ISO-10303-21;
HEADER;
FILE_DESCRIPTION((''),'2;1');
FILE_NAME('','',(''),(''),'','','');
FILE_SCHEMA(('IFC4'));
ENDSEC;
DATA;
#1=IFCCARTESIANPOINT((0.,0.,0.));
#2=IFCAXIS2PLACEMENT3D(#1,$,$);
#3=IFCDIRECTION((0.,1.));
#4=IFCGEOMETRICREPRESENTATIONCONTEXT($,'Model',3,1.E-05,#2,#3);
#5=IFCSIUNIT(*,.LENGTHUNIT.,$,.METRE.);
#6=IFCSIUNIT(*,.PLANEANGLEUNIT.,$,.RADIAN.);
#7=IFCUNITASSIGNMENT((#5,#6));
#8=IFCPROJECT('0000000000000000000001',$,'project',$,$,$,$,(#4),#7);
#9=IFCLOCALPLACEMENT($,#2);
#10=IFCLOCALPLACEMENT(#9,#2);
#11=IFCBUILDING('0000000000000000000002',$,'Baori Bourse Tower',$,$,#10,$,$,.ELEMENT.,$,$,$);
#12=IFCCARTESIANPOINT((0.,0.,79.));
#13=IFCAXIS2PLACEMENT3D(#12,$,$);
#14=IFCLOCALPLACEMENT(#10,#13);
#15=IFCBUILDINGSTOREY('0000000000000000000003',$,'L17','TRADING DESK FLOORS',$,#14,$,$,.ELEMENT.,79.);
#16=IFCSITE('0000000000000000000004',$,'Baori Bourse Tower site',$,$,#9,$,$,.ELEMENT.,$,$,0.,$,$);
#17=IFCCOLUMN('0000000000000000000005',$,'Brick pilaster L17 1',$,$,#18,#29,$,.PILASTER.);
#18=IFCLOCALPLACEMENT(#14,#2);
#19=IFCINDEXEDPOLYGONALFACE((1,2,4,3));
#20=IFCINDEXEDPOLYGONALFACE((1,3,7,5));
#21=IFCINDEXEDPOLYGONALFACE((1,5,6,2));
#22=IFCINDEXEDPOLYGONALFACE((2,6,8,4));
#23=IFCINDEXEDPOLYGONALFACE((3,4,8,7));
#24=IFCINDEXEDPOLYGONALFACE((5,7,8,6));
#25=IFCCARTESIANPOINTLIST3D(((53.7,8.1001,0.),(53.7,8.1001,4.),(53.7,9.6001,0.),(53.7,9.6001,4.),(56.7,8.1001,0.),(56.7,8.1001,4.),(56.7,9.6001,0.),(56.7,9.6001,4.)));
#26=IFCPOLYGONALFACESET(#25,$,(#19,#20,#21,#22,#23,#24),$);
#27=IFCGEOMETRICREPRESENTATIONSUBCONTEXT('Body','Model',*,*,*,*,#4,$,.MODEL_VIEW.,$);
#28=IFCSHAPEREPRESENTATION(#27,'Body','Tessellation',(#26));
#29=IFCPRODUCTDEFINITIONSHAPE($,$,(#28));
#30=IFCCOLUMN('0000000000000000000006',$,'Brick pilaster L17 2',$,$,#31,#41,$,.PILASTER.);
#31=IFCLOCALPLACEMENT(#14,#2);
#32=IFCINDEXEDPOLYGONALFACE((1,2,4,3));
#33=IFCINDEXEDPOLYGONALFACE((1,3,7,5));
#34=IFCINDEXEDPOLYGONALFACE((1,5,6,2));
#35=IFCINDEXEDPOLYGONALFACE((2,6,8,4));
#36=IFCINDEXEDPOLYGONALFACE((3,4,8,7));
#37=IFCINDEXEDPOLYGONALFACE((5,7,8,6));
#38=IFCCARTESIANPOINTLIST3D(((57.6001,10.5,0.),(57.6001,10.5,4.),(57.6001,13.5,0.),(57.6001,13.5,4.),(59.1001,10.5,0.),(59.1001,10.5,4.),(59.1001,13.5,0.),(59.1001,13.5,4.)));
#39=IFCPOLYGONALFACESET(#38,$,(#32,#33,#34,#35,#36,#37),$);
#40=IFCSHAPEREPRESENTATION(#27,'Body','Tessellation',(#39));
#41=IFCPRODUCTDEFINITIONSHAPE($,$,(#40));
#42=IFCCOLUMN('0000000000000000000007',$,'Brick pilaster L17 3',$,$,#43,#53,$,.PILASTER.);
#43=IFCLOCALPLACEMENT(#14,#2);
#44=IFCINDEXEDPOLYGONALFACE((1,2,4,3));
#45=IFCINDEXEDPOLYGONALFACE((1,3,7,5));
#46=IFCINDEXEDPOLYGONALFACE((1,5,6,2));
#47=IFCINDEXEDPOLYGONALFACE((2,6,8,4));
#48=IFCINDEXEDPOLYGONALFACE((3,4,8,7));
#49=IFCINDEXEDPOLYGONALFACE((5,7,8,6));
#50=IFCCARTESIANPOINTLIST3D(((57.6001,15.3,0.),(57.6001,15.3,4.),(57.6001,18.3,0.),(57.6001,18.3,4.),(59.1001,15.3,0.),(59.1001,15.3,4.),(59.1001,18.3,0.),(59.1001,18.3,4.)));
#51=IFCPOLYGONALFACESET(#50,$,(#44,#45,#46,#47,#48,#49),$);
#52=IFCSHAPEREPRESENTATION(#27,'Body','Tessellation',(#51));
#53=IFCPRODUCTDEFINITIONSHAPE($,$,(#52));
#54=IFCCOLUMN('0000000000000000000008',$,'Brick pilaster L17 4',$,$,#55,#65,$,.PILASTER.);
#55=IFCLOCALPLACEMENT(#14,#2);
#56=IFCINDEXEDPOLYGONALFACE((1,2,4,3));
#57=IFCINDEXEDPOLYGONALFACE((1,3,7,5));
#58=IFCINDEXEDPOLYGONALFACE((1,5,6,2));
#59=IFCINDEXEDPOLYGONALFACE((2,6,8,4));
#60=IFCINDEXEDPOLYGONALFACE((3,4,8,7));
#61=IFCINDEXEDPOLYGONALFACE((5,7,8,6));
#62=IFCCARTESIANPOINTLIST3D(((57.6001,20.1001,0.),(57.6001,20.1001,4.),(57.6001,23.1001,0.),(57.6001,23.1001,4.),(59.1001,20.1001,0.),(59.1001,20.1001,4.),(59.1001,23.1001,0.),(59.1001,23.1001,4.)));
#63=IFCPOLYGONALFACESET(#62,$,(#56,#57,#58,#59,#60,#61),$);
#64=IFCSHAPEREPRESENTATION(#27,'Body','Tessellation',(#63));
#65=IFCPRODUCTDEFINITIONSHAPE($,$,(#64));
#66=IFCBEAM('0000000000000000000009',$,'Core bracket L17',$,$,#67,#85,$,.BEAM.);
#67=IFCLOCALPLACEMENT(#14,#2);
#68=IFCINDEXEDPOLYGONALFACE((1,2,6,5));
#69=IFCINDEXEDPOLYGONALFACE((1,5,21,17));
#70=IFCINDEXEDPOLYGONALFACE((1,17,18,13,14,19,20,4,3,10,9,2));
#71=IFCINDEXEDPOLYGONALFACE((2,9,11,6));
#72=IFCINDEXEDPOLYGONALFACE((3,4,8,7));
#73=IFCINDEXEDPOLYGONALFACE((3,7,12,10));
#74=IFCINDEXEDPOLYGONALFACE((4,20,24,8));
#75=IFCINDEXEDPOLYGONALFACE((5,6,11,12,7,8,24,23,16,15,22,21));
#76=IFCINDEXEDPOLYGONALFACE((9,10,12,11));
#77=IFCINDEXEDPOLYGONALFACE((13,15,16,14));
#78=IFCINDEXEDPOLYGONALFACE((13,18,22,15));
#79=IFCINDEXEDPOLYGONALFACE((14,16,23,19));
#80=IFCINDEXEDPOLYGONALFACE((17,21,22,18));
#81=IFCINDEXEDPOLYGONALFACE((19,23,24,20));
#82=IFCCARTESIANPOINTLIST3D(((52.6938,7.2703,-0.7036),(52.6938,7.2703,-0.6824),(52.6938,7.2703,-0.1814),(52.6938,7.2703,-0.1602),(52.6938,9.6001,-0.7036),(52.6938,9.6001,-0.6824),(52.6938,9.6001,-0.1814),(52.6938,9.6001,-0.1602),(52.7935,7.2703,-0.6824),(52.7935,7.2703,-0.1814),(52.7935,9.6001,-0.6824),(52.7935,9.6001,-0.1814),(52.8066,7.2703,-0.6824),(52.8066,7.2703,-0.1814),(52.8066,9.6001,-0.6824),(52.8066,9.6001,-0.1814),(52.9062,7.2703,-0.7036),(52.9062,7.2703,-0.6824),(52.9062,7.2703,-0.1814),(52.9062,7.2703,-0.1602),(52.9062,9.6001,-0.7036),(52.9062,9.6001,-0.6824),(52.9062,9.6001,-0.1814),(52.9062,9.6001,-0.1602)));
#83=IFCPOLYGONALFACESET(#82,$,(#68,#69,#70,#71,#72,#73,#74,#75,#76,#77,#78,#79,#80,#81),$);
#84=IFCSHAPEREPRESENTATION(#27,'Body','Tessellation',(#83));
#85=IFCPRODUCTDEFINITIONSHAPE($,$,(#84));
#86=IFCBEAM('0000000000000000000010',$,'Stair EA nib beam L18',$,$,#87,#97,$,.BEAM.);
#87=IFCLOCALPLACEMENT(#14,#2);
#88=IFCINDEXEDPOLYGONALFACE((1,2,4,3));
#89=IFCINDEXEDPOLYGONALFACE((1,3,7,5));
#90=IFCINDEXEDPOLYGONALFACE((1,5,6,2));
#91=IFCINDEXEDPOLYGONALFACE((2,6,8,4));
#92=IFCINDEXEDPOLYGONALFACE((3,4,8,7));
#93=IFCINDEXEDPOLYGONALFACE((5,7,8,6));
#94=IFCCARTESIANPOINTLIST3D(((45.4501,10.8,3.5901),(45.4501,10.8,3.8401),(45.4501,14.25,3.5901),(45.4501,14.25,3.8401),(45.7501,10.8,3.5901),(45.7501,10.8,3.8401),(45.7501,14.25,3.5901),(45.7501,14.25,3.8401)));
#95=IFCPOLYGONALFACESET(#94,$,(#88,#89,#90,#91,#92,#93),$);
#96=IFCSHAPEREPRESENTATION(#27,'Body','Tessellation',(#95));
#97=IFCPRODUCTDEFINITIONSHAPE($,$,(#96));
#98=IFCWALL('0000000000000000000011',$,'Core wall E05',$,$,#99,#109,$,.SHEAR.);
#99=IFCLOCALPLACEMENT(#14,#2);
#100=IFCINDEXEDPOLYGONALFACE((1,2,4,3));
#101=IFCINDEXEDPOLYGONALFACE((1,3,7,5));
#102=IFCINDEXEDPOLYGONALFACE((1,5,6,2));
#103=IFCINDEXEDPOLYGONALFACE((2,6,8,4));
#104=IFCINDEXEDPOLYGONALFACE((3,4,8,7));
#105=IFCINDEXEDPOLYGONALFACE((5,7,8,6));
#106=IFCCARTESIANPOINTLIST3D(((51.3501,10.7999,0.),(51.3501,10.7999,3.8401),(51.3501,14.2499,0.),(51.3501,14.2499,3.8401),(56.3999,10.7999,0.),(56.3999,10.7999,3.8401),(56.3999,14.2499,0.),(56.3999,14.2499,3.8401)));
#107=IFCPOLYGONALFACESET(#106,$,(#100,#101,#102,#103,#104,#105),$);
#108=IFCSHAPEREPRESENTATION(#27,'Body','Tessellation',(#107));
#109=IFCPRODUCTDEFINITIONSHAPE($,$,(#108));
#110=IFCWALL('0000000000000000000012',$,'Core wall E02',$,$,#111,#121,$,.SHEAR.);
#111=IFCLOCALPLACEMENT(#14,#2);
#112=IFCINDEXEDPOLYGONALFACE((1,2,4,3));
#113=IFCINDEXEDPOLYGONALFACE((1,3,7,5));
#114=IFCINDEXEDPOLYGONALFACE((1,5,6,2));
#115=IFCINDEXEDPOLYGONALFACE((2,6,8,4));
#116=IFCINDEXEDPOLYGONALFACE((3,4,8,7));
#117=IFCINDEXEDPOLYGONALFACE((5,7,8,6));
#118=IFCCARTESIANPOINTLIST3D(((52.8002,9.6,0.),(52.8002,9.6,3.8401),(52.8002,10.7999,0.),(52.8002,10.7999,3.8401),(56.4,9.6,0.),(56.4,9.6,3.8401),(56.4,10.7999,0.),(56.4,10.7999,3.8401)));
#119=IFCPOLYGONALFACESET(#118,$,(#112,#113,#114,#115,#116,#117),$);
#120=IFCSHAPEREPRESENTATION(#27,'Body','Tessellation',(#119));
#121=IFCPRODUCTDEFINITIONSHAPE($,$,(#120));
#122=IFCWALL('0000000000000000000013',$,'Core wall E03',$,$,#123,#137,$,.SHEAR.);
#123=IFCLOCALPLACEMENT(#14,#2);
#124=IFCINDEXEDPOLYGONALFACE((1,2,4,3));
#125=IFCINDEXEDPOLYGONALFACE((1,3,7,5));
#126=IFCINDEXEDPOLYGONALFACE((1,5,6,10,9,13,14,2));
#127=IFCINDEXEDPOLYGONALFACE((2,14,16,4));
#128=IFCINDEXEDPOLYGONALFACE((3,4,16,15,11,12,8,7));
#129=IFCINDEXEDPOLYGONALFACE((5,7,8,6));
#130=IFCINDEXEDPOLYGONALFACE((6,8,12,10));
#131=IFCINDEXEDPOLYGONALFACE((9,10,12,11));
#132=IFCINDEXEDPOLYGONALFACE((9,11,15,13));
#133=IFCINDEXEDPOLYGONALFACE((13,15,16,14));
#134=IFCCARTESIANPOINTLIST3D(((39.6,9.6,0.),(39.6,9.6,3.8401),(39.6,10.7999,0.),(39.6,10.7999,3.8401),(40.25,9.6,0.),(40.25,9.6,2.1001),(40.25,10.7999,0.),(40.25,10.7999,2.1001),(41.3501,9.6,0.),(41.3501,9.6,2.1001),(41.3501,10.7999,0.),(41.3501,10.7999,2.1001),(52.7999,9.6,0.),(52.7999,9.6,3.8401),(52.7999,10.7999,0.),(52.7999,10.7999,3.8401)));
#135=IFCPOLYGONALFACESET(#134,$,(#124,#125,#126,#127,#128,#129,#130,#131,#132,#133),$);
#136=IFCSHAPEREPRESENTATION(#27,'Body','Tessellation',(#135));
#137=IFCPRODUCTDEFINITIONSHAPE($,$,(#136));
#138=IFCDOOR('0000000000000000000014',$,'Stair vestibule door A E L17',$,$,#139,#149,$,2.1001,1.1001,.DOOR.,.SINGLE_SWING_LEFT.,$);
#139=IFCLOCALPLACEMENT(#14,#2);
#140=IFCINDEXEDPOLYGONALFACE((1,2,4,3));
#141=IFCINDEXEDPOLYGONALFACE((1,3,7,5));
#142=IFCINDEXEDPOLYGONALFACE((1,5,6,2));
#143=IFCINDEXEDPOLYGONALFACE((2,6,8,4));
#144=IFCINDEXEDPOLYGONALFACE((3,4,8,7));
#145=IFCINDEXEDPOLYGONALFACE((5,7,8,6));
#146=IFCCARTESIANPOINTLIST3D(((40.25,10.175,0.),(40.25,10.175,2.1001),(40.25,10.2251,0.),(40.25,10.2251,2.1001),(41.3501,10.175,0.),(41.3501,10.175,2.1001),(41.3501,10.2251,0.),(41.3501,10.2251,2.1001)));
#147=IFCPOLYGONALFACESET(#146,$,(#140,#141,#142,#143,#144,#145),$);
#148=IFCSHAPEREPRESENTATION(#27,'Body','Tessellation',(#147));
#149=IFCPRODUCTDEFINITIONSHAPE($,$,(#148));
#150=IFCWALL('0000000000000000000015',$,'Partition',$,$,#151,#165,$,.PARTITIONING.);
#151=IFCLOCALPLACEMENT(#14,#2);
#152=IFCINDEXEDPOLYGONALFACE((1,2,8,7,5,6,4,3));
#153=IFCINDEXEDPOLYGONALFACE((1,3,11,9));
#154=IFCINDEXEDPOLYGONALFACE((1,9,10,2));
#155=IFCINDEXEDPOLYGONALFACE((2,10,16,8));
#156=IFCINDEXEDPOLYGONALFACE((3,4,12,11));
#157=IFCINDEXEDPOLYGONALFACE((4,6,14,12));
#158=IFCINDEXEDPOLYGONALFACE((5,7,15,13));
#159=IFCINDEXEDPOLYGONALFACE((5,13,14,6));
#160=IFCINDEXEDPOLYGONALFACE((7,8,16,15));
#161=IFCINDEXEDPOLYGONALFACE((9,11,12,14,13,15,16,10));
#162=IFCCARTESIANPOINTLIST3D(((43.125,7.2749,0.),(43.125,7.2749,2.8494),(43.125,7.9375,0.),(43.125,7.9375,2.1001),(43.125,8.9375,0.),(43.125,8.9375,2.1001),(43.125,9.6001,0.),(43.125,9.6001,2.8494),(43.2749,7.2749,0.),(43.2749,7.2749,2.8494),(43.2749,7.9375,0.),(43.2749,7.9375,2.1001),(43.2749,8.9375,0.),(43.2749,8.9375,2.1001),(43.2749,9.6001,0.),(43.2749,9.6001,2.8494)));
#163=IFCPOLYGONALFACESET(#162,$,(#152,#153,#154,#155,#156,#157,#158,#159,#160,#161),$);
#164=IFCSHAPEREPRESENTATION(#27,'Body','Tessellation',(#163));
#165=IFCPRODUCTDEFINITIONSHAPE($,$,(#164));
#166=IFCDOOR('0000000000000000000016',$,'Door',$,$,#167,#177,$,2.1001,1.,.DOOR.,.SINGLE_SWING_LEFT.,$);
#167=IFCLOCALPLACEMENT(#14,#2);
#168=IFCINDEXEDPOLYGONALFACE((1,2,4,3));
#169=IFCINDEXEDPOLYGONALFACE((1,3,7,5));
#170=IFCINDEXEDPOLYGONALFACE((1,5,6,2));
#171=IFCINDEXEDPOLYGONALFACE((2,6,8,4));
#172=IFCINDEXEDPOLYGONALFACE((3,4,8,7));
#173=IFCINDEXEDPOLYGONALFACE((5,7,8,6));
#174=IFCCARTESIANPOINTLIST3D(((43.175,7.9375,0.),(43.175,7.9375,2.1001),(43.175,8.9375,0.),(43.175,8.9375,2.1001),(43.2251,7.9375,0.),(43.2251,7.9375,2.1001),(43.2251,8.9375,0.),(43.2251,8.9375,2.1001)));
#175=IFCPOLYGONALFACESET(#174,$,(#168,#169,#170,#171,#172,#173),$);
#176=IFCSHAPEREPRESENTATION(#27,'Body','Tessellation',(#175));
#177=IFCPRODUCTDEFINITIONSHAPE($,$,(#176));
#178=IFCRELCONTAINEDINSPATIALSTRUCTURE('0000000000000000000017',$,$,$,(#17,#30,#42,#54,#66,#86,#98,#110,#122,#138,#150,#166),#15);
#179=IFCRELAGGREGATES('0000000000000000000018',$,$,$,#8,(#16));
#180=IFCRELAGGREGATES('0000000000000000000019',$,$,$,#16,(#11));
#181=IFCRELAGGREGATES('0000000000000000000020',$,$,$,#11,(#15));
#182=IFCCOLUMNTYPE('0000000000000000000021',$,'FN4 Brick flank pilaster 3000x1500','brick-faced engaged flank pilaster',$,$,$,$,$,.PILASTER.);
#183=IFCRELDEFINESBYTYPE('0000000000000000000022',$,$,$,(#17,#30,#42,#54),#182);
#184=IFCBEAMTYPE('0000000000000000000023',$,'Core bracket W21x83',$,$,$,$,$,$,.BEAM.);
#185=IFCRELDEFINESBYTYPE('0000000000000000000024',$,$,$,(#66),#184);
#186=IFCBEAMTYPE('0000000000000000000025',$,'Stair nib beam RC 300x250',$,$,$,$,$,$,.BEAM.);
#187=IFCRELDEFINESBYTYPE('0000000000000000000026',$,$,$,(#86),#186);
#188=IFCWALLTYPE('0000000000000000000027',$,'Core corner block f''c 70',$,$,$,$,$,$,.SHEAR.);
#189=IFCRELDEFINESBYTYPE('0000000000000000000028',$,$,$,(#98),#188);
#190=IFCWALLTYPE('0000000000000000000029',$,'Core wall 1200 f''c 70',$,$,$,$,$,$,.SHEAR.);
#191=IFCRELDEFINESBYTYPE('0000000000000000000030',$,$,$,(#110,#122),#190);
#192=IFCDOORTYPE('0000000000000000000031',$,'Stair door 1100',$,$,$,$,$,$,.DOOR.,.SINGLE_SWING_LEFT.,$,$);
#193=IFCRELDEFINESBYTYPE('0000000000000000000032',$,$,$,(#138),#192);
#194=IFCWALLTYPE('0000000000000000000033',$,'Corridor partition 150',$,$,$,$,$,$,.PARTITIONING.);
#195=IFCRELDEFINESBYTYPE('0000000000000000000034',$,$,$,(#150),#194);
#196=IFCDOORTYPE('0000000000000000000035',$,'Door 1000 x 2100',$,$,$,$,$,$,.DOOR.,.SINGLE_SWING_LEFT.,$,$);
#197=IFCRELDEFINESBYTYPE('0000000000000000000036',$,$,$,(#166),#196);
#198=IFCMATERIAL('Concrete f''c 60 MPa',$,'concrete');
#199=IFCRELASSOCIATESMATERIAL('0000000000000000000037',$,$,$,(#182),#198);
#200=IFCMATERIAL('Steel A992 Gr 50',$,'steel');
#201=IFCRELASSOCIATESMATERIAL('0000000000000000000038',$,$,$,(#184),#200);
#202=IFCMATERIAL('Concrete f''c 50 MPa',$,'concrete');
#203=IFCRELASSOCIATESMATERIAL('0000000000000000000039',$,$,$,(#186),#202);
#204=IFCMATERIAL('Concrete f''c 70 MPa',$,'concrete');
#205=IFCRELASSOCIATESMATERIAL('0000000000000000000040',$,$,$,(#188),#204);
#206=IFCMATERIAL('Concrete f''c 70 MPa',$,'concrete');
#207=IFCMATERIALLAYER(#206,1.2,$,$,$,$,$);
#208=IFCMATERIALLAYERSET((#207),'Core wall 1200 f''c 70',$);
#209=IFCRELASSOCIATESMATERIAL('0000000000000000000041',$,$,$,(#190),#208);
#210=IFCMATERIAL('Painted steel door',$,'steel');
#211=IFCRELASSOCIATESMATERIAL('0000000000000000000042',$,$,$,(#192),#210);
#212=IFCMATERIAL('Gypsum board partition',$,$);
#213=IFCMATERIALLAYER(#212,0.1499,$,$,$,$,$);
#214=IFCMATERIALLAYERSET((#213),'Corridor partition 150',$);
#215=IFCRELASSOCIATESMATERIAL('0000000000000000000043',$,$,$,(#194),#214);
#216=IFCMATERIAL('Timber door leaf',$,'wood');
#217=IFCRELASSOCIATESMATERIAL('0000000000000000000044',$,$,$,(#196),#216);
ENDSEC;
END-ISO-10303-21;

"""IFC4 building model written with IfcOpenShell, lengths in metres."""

from ifc_helpers import new_model, si_unit, direction, frame, frame_2d, origin, origin_2d, place, context, subcontext, project, spatial, rectangle, i_section, extrude, material, layer, layer_set, material_profile, profile_set, type_object, element, fill, save


model = new_model("IFC4")

# Units and contexts
model_context = context("Model", 3, precision=1e-05, world=origin(), true_north=direction((0.0, 1.0)))
body_context = subcontext(model_context, "Body", "Model", "MODEL_VIEW")
ifc_project = project(units=[si_unit("LENGTHUNIT", "METRE"), si_unit("PLANEANGLEUNIT", "RADIAN")], contexts=[model_context])

# Site, building, storey
site_placement = place(None, origin())
site = spatial("IfcSite", under=ifc_project, at=site_placement, Name="Baori Bourse Tower site", CompositionType="ELEMENT", RefElevation=0.0)
building_placement = place(site_placement, origin())
building = spatial("IfcBuilding", under=site, at=building_placement, Name="Baori Bourse Tower", CompositionType="ELEMENT")
storey_placement = place(building_placement, frame((0.0, 0.0, 79.0)))
storey = spatial("IfcBuildingStorey", under=building, at=storey_placement, Name="L17", Description="TRADING DESK FLOORS", CompositionType="ELEMENT", Elevation=79.0)

# Columns
ifc_material_1 = material(Name="Concrete f'c 60 MPa", Category="concrete")
ifc_material_profile_1 = material_profile(ifc_material_1, rectangle(XDim=3.0, YDim=1.5, at=origin_2d()), Name="RC 3000x1500")
ifc_profile_set_1 = profile_set([ifc_material_profile_1], Name="Concrete f'c 60 MPa")
column_type = type_object("IfcColumnType", Name="FN4 Brick flank pilaster 3000x1500", Description="brick-faced engaged flank pilaster", PredefinedType="PILASTER", material=ifc_profile_set_1)
for number, where, z_axis, x_axis, name in (
    (1, (55.2, 8.8501, 0.0), (0.0, 0.0, 1.0), (1.0, 0.0, 0.0), "Brick pilaster L17 1"),
    (2, (58.3501, 12.0, 0.0), (0.0, 0.0, 1.0), (0.0, 1.0, 0.0), "Brick pilaster L17 2"),
    (3, (58.3501, 16.8, 0.0), (0.0, 0.0, 1.0), (0.0, 1.0, 0.0), "Brick pilaster L17 3"),
    (4, (58.3501, 21.6001, 0.0), (0.0, 0.0, 1.0), (0.0, 1.0, 0.0), "Brick pilaster L17 4"),
):
    element("IfcColumn", number, at=place(storey_placement, frame(where, z_axis=z_axis, x_axis=x_axis)), inside=storey, type_object=column_type, Name=name, PredefinedType="PILASTER", context=body_context, shape_type="SweptSolid", body=[
        extrude(rectangle(XDim=3.0, YDim=1.5, at=origin_2d()), origin(), (0.0, 0.0, 1.0), 4.0),
    ])

# Beams
ifc_material_2 = material(Name="Steel A992 Gr 50", Category="steel")
ifc_material_profile_2 = material_profile(ifc_material_2, i_section(OverallWidth=0.2124, OverallDepth=0.5435, WebThickness=0.0132, FlangeThickness=0.0212, at=origin_2d()), Name="W21x83")
ifc_profile_set_2 = profile_set([ifc_material_profile_2], Name="Steel A992 Gr 50")
beam_type_1 = type_object("IfcBeamType", Name="Core bracket W21x83", PredefinedType="BEAM", material=ifc_profile_set_2)
beam_1_placement = place(storey_placement, frame((52.8, 7.2703, -0.4319), z_axis=(0.0, 1.0, 0.0), x_axis=(-1.0, 0.0, 0.0)))
element("IfcBeam", 5, at=beam_1_placement, inside=storey, type_object=beam_type_1, Name="Core bracket L17", PredefinedType="BEAM", context=body_context, shape_type="SweptSolid", body=[
    extrude(i_section(OverallWidth=0.2124, OverallDepth=0.5435, WebThickness=0.0132, FlangeThickness=0.0212, at=origin_2d()), origin(), (0.0, 0.0, 1.0), 2.3298),
])
ifc_material_3 = material(Name="Concrete f'c 50 MPa", Category="concrete")
ifc_material_profile_3 = material_profile(ifc_material_3, rectangle(XDim=0.3, YDim=0.25, at=origin_2d()), Name="RC 300x250")
ifc_profile_set_3 = profile_set([ifc_material_profile_3], Name="Concrete f'c 50 MPa")
beam_type_2 = type_object("IfcBeamType", Name="Stair nib beam RC 300x250", PredefinedType="BEAM", material=ifc_profile_set_3)
beam_2_placement = place(storey_placement, frame((45.6001, 10.8, 3.7151), z_axis=(0.0, 1.0, 0.0), x_axis=(-1.0, 0.0, 0.0)))
element("IfcBeam", 6, at=beam_2_placement, inside=storey, type_object=beam_type_2, Name="Stair EA nib beam L18", PredefinedType="BEAM", context=body_context, shape_type="SweptSolid", body=[
    extrude(rectangle(XDim=0.3, YDim=0.25, at=origin_2d()), origin(), (0.0, 0.0, 1.0), 3.45),
])

# Walls
ifc_material_4 = material(Name="Concrete f'c 70 MPa", Category="concrete")
wall_type_1 = type_object("IfcWallType", Name="Core corner block f'c 70", PredefinedType="SHEAR", material=ifc_material_4)
wall_1_placement = place(storey_placement, frame((51.3501, 12.5249, 0.0), z_axis=(0.0, 0.0, 1.0), x_axis=(1.0, 0.0, 0.0)))
element("IfcWall", 7, at=wall_1_placement, inside=storey, type_object=wall_type_1, Name="Core wall E05", PredefinedType="SHEAR", context=body_context, shape_type="SweptSolid", body=[
    extrude(rectangle(XDim=5.0498, YDim=3.45, at=frame_2d((2.5249, 0.0))), origin(), (0.0, 0.0, 1.0), 3.8401),
])
ifc_material_5 = material(Name="Concrete f'c 70 MPa", Category="concrete")
ifc_layer_1 = layer(ifc_material_5, 1.2)
ifc_layer_set_1 = layer_set([ifc_layer_1], Name="Core wall 1200 f'c 70")
wall_type_2 = type_object("IfcWallType", Name="Core wall 1200 f'c 70", PredefinedType="SHEAR", material=ifc_layer_set_1)
wall_2_placement = place(storey_placement, frame((56.3999, 10.2, 0.0), z_axis=(0.0, 0.0, 1.0), x_axis=(-1.0, 0.0, 0.0)))
element("IfcWall", 8, at=wall_2_placement, inside=storey, type_object=wall_type_2, Name="Core wall E02", PredefinedType="SHEAR", context=body_context, shape_type="SweptSolid", body=[
    extrude(rectangle(XDim=3.5999, YDim=1.2, at=frame_2d((1.7998, 0.0))), origin(), (0.0, 0.0, 1.0), 3.8401),
])

# Walls, openings, doors
wall_3_placement = place(storey_placement, frame((52.8, 10.2, 0.0), z_axis=(0.0, 0.0, 1.0), x_axis=(-1.0, 0.0, 0.0)))
wall_3 = element("IfcWall", 9, at=wall_3_placement, inside=storey, type_object=wall_type_2, Name="Core wall E03", PredefinedType="SHEAR", context=body_context, shape_type="SweptSolid", body=[
    extrude(rectangle(XDim=13.2, YDim=1.2, at=frame_2d((6.6001, 0.0))), origin(), (0.0, 0.0, 1.0), 3.8401),
])
opening_1_placement = place(wall_3_placement, frame((11.45, 0.0, 0.0)))
opening_1 = element("IfcOpeningElement", 10, at=opening_1_placement, cuts=wall_3, PredefinedType="OPENING", context=body_context, shape_type="SweptSolid", body=[
    extrude(rectangle(XDim=1.1001, YDim=2.1001, at=frame_2d((0.55, 1.05))), frame((0.0, 0.6099, 0.0), z_axis=(0.0, -1.0, 0.0), x_axis=(1.0, 0.0, 0.0)), (0.0, 0.0, 1.0), 1.22),
])
ifc_material_6 = material(Name="Painted steel door", Category="steel")
door_type_1 = type_object("IfcDoorType", Name="Stair door 1100", OperationType="SINGLE_SWING_LEFT", PredefinedType="DOOR", material=ifc_material_6)
door_1_placement = place(opening_1_placement, origin())
door_1 = element("IfcDoor", 11, at=door_1_placement, inside=storey, type_object=door_type_1, Name="Stair vestibule door A E L17", OperationType="SINGLE_SWING_LEFT", OverallHeight=2.1001, OverallWidth=1.1001, PredefinedType="DOOR", context=body_context, shape_type="SweptSolid", body=[
    extrude(rectangle(XDim=1.1001, YDim=2.1001, at=frame_2d((0.55, 1.05))), frame((0.0, 0.0249, 0.0), z_axis=(0.0, -1.0, 0.0), x_axis=(1.0, 0.0, 0.0)), (0.0, 0.0, 1.0), 0.05),
])
fill(opening_1, door_1)
ifc_material_7 = material(Name="Gypsum board partition")
ifc_layer_2 = layer(ifc_material_7, 0.1499)
ifc_layer_set_2 = layer_set([ifc_layer_2], Name="Corridor partition 150")
wall_type_3 = type_object("IfcWallType", Name="Corridor partition 150", PredefinedType="PARTITIONING", material=ifc_layer_set_2)
wall_4_placement = place(storey_placement, frame((43.2, 7.2749, 0.0), z_axis=(0.0, 0.0, 1.0), x_axis=(0.0, 1.0, 0.0)))
wall_4 = element("IfcWall", 12, at=wall_4_placement, inside=storey, type_object=wall_type_3, Name="Partition", PredefinedType="PARTITIONING", context=body_context, shape_type="SweptSolid", body=[
    extrude(rectangle(XDim=2.3252, YDim=0.1499, at=frame_2d((1.1626, 0.0))), origin(), (0.0, 0.0, 1.0), 2.8494),
])
opening_2_placement = place(wall_4_placement, frame((0.6626, 0.0, 0.0)))
opening_2 = element("IfcOpeningElement", 13, at=opening_2_placement, cuts=wall_4, PredefinedType="OPENING", context=body_context, shape_type="SweptSolid", body=[
    extrude(rectangle(XDim=1.0, YDim=2.1001, at=frame_2d((0.5, 1.05))), frame((0.0, 0.085, 0.0), z_axis=(0.0, -1.0, 0.0), x_axis=(1.0, 0.0, 0.0)), (0.0, 0.0, 1.0), 0.1699),
])
ifc_material_8 = material(Name="Timber door leaf", Category="wood")
door_type_2 = type_object("IfcDoorType", Name="Door 1000 x 2100", OperationType="SINGLE_SWING_LEFT", PredefinedType="DOOR", material=ifc_material_8)
door_2_placement = place(opening_2_placement, origin())
door_2 = element("IfcDoor", 14, at=door_2_placement, inside=storey, type_object=door_type_2, Name="Door", OperationType="SINGLE_SWING_LEFT", OverallHeight=2.1001, OverallWidth=1.0, PredefinedType="DOOR", context=body_context, shape_type="SweptSolid", body=[
    extrude(rectangle(XDim=1.0, YDim=2.1001, at=frame_2d((0.5, 1.05))), frame((0.0, 0.0249, 0.0), z_axis=(0.0, -1.0, 0.0), x_axis=(1.0, 0.0, 0.0)), (0.0, 0.0, 1.0), 0.05),
])
fill(opening_2, door_2)

save(model, "model.ifc")
